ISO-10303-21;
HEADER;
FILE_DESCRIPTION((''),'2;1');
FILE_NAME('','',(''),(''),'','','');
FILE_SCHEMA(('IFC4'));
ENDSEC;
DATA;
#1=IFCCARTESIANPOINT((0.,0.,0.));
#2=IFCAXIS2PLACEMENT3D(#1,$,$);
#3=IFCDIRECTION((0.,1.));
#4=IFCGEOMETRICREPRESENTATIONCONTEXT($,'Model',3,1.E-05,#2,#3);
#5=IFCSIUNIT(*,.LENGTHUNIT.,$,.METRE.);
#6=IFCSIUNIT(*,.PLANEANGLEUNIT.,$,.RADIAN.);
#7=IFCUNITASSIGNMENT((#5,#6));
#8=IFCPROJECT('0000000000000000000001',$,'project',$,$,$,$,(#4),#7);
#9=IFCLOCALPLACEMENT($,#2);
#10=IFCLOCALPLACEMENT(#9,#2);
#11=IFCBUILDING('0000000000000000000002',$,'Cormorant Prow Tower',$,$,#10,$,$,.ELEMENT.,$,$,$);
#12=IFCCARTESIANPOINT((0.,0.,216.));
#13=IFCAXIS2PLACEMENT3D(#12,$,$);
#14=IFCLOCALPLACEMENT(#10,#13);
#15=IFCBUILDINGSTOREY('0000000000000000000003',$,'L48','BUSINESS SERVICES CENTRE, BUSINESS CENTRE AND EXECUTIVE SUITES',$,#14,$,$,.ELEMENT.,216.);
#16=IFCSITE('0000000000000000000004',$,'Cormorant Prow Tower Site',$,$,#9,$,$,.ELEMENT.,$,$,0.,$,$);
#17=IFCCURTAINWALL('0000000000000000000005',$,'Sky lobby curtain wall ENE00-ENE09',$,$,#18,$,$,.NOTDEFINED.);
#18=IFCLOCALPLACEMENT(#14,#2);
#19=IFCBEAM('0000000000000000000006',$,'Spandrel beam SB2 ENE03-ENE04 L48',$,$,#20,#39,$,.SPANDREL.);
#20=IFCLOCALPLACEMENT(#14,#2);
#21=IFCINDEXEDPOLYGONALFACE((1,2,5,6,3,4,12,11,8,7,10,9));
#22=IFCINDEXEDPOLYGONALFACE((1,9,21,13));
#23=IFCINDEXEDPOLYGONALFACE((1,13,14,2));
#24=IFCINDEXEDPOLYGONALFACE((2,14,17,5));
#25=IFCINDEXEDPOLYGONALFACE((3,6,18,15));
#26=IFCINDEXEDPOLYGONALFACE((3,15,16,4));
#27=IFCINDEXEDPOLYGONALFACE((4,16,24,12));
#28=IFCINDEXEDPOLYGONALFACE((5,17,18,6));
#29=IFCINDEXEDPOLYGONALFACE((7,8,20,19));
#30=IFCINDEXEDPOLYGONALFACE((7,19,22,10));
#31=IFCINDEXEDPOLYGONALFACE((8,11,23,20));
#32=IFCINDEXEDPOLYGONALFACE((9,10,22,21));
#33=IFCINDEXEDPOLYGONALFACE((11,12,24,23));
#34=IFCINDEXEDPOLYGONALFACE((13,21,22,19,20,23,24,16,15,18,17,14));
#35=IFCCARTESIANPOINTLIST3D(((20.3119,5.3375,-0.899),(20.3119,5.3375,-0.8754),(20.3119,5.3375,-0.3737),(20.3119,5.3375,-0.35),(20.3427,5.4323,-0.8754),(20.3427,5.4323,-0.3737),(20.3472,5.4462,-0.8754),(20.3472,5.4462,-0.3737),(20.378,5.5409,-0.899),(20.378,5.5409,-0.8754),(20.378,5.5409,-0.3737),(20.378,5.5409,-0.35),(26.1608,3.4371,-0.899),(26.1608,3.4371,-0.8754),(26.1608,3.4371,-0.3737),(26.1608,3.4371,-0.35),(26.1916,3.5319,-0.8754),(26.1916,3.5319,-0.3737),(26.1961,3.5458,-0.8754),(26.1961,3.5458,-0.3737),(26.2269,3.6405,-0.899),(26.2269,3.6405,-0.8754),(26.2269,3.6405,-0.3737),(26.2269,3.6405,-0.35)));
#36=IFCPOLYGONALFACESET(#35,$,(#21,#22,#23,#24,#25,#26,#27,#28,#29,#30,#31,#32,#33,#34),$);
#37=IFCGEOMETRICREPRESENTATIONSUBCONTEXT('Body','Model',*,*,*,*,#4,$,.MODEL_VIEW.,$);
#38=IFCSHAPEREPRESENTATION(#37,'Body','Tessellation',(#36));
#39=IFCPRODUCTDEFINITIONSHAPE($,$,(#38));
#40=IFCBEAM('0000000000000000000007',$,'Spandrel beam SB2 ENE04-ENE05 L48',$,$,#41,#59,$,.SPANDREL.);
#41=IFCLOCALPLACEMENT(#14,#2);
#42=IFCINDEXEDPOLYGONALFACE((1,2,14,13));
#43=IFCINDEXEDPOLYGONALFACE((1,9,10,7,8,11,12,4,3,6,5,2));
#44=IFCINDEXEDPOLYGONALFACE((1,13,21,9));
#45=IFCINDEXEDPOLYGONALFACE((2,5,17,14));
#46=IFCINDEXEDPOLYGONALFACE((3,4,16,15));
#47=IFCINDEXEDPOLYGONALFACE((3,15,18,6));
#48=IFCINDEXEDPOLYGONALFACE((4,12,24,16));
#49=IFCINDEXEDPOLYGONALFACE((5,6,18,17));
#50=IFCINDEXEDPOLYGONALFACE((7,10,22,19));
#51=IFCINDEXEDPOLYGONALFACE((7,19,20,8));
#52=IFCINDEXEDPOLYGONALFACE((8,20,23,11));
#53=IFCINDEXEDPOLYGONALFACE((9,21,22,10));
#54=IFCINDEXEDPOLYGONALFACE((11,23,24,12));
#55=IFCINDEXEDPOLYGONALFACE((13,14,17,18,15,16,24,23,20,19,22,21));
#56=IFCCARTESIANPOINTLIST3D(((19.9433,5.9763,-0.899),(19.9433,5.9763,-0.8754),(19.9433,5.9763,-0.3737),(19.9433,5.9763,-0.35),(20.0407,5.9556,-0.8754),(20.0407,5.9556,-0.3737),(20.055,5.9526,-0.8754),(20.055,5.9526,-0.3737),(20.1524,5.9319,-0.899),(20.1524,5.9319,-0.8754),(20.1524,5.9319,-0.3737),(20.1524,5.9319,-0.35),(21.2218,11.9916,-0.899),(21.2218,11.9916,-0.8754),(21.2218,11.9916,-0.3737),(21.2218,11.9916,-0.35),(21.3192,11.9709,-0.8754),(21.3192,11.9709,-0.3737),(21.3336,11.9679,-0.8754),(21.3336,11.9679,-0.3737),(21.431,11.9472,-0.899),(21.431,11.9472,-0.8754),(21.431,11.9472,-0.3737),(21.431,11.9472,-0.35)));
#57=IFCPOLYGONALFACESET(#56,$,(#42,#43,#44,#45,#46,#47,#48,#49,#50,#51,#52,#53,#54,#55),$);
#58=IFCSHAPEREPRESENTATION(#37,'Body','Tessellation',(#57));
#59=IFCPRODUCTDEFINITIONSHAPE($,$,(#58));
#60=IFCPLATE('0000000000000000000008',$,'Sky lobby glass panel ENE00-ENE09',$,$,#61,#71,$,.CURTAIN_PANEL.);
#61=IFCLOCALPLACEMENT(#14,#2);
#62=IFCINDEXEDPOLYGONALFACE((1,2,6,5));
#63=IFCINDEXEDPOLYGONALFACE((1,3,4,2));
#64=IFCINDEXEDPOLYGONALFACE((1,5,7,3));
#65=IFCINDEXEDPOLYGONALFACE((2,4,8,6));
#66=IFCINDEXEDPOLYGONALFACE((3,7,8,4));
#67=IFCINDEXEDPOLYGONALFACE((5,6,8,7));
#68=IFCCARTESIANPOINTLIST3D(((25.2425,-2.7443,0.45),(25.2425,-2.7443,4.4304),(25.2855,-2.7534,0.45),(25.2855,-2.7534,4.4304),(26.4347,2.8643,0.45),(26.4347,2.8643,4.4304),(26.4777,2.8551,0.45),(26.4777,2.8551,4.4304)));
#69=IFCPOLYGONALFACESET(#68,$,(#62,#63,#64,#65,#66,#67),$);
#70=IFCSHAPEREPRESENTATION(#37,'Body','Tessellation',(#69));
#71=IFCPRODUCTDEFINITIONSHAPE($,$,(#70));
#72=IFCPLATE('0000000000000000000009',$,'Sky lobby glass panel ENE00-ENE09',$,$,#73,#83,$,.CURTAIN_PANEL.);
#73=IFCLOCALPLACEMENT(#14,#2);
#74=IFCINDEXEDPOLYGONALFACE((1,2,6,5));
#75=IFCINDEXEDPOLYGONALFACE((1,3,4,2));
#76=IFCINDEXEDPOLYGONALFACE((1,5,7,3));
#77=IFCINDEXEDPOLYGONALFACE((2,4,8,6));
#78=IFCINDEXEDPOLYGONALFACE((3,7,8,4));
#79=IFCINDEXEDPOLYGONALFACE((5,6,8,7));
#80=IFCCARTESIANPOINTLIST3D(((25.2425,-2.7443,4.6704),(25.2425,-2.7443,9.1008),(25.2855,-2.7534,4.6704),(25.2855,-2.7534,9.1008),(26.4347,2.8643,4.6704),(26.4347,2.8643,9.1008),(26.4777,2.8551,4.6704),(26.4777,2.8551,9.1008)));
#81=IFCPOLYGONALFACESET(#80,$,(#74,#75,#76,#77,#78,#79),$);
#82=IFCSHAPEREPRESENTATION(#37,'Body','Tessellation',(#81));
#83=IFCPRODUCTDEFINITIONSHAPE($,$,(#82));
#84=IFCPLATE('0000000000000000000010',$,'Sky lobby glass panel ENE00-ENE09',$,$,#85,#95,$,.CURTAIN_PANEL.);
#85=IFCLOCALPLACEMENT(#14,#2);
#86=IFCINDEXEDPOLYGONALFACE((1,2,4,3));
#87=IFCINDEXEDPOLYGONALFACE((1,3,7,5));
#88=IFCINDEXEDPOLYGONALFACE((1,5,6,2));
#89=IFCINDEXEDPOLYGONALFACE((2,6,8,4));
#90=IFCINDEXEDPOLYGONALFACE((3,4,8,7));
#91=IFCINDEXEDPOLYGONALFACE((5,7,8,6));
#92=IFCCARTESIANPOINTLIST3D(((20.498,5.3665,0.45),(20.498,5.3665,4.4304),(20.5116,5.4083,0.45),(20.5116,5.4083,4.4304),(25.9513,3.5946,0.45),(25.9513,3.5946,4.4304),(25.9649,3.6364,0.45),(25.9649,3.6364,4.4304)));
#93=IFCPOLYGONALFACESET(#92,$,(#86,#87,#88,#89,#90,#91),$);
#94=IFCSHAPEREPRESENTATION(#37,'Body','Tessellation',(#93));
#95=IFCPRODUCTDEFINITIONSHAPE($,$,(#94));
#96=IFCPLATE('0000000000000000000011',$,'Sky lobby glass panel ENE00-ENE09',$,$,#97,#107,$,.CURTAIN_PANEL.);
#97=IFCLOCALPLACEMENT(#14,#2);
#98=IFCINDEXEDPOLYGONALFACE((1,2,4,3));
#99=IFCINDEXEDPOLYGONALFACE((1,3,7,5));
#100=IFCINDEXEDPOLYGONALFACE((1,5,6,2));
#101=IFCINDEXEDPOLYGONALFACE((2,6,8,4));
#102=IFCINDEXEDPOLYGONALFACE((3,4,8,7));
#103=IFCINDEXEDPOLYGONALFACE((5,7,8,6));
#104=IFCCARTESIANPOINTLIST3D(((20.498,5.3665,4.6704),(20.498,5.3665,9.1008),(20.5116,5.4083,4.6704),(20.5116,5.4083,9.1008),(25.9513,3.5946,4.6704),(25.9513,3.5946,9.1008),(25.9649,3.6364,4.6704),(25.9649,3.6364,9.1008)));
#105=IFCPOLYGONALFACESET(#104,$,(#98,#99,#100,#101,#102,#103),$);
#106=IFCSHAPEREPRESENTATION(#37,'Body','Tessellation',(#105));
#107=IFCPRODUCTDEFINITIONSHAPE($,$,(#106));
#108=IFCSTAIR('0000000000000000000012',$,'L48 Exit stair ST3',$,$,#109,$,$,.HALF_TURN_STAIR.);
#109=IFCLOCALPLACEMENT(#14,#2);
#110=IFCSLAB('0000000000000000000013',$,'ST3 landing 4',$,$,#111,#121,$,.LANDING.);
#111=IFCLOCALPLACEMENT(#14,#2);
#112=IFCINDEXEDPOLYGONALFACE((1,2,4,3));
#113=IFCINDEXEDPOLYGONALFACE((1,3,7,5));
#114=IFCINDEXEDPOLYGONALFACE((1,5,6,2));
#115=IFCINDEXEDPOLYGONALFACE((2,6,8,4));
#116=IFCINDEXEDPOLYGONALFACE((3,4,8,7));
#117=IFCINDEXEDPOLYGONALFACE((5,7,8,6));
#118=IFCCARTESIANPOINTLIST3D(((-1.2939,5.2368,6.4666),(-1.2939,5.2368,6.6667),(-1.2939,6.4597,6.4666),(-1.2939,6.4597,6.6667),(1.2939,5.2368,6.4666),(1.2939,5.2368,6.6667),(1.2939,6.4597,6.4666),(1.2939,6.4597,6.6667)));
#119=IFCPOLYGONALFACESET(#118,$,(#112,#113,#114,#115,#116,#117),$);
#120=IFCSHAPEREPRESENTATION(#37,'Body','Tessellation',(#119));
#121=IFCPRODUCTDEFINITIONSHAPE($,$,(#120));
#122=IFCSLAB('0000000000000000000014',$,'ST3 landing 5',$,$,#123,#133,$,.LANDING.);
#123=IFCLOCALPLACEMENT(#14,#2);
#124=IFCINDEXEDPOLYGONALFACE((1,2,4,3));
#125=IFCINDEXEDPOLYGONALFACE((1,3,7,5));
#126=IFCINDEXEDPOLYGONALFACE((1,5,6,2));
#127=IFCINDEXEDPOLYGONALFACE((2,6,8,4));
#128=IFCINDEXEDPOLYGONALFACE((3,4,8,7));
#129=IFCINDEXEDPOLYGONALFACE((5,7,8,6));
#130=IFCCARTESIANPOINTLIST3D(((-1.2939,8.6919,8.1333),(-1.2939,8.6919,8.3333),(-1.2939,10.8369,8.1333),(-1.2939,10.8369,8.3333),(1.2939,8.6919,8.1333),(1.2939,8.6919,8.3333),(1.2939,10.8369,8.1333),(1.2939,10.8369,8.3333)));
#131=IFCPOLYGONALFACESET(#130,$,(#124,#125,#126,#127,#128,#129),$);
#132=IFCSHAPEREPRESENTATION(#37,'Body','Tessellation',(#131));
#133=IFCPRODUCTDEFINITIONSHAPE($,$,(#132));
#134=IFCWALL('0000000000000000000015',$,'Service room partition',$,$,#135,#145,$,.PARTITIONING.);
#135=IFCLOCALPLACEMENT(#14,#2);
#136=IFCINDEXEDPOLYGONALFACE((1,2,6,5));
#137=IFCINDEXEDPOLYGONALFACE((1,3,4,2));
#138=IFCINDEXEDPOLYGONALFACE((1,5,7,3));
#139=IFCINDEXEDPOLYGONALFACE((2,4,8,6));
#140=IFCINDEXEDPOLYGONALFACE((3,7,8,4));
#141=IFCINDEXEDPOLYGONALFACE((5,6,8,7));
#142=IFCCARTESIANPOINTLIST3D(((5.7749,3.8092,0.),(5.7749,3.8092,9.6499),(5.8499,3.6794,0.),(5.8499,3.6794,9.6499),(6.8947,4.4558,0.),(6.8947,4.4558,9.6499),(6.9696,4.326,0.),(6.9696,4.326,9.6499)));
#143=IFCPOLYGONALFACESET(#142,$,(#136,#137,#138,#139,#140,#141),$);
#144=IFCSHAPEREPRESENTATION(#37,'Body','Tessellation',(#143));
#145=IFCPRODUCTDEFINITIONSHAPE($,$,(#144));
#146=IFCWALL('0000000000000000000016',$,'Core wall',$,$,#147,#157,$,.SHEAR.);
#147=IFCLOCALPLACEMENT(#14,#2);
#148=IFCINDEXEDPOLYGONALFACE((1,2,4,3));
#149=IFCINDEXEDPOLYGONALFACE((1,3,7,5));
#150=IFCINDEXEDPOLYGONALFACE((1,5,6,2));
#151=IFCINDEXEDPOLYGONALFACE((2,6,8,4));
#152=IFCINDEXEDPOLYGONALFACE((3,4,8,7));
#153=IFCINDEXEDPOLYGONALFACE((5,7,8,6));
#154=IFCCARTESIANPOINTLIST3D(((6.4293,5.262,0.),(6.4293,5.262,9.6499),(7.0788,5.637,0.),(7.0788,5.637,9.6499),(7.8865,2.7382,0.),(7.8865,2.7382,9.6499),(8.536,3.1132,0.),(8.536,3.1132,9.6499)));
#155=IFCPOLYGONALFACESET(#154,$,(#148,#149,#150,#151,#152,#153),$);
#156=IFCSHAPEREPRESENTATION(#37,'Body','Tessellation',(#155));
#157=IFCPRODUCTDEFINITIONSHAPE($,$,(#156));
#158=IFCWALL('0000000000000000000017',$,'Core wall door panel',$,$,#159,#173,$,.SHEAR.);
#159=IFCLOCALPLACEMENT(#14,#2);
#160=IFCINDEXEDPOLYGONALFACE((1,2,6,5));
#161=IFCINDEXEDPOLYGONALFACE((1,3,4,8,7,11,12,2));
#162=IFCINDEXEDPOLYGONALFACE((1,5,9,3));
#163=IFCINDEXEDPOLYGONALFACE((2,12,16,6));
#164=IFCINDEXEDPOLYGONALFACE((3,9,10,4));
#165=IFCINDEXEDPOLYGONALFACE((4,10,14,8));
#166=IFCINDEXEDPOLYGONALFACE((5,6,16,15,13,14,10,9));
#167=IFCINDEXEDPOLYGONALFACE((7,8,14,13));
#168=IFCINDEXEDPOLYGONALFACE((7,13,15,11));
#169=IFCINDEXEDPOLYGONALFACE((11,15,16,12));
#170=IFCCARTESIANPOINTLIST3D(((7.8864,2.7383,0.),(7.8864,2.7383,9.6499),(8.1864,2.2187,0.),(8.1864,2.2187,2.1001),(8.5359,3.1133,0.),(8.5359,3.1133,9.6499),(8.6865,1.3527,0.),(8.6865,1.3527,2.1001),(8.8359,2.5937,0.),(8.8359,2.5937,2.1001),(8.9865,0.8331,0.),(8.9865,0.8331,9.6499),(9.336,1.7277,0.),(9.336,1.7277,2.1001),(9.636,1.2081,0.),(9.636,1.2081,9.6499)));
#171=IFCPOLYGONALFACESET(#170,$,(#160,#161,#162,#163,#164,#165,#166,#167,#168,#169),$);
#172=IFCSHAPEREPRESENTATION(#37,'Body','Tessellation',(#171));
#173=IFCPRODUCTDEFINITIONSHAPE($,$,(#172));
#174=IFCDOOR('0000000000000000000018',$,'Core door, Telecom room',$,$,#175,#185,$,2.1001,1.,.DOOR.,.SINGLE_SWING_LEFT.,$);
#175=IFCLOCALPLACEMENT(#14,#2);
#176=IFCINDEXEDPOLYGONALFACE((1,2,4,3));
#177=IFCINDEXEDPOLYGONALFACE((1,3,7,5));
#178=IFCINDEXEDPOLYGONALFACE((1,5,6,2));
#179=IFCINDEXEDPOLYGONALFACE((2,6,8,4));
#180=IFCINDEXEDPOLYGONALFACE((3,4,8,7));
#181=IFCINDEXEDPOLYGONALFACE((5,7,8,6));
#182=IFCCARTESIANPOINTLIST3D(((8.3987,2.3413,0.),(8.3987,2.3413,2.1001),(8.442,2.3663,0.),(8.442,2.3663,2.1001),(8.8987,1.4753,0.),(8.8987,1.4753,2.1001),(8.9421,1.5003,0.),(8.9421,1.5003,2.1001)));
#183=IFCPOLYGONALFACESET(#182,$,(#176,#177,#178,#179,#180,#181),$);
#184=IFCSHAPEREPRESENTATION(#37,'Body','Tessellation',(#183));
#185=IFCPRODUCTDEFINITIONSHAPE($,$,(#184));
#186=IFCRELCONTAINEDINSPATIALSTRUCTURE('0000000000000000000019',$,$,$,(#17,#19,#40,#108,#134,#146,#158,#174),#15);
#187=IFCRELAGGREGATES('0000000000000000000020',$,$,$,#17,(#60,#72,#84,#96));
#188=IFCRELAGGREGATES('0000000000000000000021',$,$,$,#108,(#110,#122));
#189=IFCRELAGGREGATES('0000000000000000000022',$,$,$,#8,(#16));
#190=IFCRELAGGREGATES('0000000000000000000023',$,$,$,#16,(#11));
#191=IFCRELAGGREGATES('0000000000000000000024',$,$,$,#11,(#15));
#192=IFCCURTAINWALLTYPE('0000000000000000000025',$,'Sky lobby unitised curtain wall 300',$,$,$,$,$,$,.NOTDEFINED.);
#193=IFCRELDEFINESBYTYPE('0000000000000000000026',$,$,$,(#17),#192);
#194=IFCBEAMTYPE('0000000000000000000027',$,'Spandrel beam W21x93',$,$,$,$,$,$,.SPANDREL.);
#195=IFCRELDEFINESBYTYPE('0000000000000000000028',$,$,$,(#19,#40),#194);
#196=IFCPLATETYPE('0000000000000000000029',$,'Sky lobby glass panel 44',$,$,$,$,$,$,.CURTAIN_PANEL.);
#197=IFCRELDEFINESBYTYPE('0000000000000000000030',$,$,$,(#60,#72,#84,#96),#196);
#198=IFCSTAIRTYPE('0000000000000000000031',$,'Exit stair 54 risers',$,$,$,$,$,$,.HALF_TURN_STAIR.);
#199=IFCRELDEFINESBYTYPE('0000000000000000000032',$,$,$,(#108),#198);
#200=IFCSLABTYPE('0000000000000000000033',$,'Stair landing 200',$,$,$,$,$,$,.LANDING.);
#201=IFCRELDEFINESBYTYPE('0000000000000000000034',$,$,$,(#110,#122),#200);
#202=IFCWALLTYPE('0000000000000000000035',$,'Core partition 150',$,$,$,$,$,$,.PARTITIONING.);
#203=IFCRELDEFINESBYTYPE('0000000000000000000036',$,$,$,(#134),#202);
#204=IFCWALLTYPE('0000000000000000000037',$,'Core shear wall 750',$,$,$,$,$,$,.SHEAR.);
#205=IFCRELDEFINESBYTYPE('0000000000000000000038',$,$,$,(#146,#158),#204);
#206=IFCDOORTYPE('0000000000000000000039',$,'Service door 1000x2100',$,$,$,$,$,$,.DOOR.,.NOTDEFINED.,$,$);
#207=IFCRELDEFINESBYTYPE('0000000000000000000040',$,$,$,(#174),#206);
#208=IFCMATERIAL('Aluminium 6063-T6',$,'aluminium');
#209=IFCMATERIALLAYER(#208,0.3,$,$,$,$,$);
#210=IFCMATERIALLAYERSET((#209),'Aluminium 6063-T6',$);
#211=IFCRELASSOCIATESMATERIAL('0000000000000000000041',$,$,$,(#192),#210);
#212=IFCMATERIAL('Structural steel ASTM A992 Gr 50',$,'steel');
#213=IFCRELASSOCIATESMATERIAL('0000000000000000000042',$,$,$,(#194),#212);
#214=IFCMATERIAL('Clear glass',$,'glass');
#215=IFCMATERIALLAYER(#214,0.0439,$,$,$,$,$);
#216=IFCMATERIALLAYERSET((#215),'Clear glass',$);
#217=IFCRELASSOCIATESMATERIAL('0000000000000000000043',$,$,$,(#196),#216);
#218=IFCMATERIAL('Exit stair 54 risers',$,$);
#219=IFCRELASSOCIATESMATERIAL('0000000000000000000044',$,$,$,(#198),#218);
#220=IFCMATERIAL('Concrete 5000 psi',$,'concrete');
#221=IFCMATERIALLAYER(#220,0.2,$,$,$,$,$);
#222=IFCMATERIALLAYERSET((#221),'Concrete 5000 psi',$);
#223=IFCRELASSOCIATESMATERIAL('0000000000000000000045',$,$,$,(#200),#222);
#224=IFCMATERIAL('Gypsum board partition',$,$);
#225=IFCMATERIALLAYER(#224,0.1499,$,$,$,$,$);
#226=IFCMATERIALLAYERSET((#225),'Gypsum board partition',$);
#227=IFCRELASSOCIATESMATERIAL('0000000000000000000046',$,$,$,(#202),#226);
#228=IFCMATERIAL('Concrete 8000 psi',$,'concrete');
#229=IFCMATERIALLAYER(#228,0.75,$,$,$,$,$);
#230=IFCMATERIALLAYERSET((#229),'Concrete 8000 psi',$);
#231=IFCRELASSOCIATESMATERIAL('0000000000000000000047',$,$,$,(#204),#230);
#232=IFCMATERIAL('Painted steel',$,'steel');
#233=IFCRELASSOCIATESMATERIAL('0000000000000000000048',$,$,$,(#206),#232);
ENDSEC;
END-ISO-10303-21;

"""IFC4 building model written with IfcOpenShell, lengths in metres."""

from ifc_helpers import new_model, si_unit, direction, frame, frame_2d, origin, origin_2d, place, context, subcontext, project, spatial, polyline, rectangle, i_section, outline, extrude, material, layer, layer_set, material_profile, profile_set, type_object, element, fill, aggregate, save


model = new_model("IFC4")

# Units and contexts
model_context = context("Model", 3, precision=1e-05, world=origin(), true_north=direction((0.0, 1.0)))
body_context = subcontext(model_context, "Body", "Model", "MODEL_VIEW")
ifc_project = project(units=[si_unit("LENGTHUNIT", "METRE"), si_unit("PLANEANGLEUNIT", "RADIAN")], contexts=[model_context])

# Site, building, storey
site_placement = place(None, origin())
site = spatial("IfcSite", under=ifc_project, at=site_placement, Name="Cormorant Prow Tower Site", CompositionType="ELEMENT", RefElevation=0.0)
building_placement = place(site_placement, origin())
building = spatial("IfcBuilding", under=site, at=building_placement, Name="Cormorant Prow Tower", CompositionType="ELEMENT")
storey_placement = place(building_placement, frame((0.0, 0.0, 216.0)))
storey = spatial("IfcBuildingStorey", under=building, at=storey_placement, Name="L48", Description="BUSINESS SERVICES CENTRE, BUSINESS CENTRE AND EXECUTIVE SUITES", CompositionType="ELEMENT", Elevation=216.0)

# Curtain wall
ifc_material_1 = material(Name="Aluminium 6063-T6", Category="aluminium")
ifc_layer_1 = layer(ifc_material_1, 0.3)
ifc_layer_set_1 = layer_set([ifc_layer_1], Name="Aluminium 6063-T6")
curtain_wall_type = type_object("IfcCurtainWallType", Name="Sky lobby unitised curtain wall 300", PredefinedType="NOTDEFINED", material=ifc_layer_set_1)
curtain_wall_placement = place(storey_placement, origin())
curtain_wall = element("IfcCurtainWall", 1, at=curtain_wall_placement, inside=storey, type_object=curtain_wall_type, Name="Sky lobby curtain wall ENE00-ENE09", PredefinedType="NOTDEFINED")

# Beams
ifc_material_2 = material(Name="Structural steel ASTM A992 Gr 50", Category="steel")
ifc_material_profile_1 = material_profile(ifc_material_2, i_section(OverallWidth=0.2139, OverallDepth=0.5491, WebThickness=0.0146, FlangeThickness=0.0237, at=origin_2d()), Name="W21x93")
ifc_profile_set_1 = profile_set([ifc_material_profile_1], Name="Structural steel ASTM A992 Gr 50")
beam_type_1 = type_object("IfcBeamType", Name="Spandrel beam W21x93", PredefinedType="SPANDREL", material=ifc_profile_set_1)
beam_1_placement = place(storey_placement, frame((26.1938, 3.5388, -0.6245), z_axis=(-0.951058, 0.309013, 0.0), x_axis=(-0.309013, -0.951058, 0.0)))
element("IfcBeam", 2, at=beam_1_placement, inside=storey, type_object=beam_type_1, Name="Spandrel beam SB2 ENE03-ENE04 L48", PredefinedType="SPANDREL", context=body_context, shape_type="SweptSolid", body=[
    extrude(i_section(OverallWidth=0.2139, OverallDepth=0.5491, WebThickness=0.0146, FlangeThickness=0.0237, at=origin_2d()), origin(), (0.0, 0.0, 1.0), 6.1499),
])
beam_2_placement = place(storey_placement, frame((20.0479, 5.9541, -0.6245), z_axis=(0.207905, 0.978149, 0.0), x_axis=(-0.978149, 0.207905, 0.0)))
element("IfcBeam", 3, at=beam_2_placement, inside=storey, type_object=beam_type_1, Name="Spandrel beam SB2 ENE04-ENE05 L48", PredefinedType="SPANDREL", context=body_context, shape_type="SweptSolid", body=[
    extrude(i_section(OverallWidth=0.2139, OverallDepth=0.5491, WebThickness=0.0146, FlangeThickness=0.0237, at=origin_2d()), origin(), (0.0, 0.0, 1.0), 6.1497),
])

# Plates
ifc_material_3 = material(Name="Clear glass", Category="glass")
ifc_layer_2 = layer(ifc_material_3, 0.0439)
ifc_layer_set_2 = layer_set([ifc_layer_2], Name="Clear glass")
plate_type = type_object("IfcPlateType", Name="Sky lobby glass panel 44", PredefinedType="CURTAIN_PANEL", material=ifc_layer_set_2)
plate_1_placement = place(storey_placement, frame((25.8601, 0.0554, 0.45), z_axis=(0.0, 0.0, 1.0), x_axis=(0.207912, 0.978148, 0.0)))
plate_1 = element("IfcPlate", 4, at=plate_1_placement, type_object=plate_type, Name="Sky lobby glass panel ENE00-ENE09", PredefinedType="CURTAIN_PANEL", context=body_context, shape_type="SweptSolid", body=[
    extrude(rectangle(XDim=5.7339, YDim=0.0439, at=origin_2d()), origin(), (0.0, 0.0, 1.0), 3.9805),
])
plate_2_placement = place(storey_placement, frame((25.8601, 0.0554, 4.6704), z_axis=(0.0, 0.0, 1.0), x_axis=(0.207912, 0.978148, 0.0)))
plate_2 = element("IfcPlate", 5, at=plate_2_placement, type_object=plate_type, Name="Sky lobby glass panel ENE00-ENE09", PredefinedType="CURTAIN_PANEL", context=body_context, shape_type="SweptSolid", body=[
    extrude(rectangle(XDim=5.7339, YDim=0.0439, at=origin_2d()), origin(), (0.0, 0.0, 1.0), 4.4304),
])
plate_3_placement = place(storey_placement, frame((23.2314, 4.5015, 0.45), z_axis=(0.0, 0.0, 1.0), x_axis=(-0.951057, 0.309017, 0.0)))
plate_3 = element("IfcPlate", 6, at=plate_3_placement, type_object=plate_type, Name="Sky lobby glass panel ENE00-ENE09", PredefinedType="CURTAIN_PANEL", context=body_context, shape_type="SweptSolid", body=[
    extrude(rectangle(XDim=5.7339, YDim=0.0439, at=origin_2d()), origin(), (0.0, 0.0, 1.0), 3.9805),
])
plate_4_placement = place(storey_placement, frame((23.2314, 4.5015, 4.6704), z_axis=(0.0, 0.0, 1.0), x_axis=(-0.951057, 0.309017, 0.0)))
plate_4 = element("IfcPlate", 7, at=plate_4_placement, type_object=plate_type, Name="Sky lobby glass panel ENE00-ENE09", PredefinedType="CURTAIN_PANEL", context=body_context, shape_type="SweptSolid", body=[
    extrude(rectangle(XDim=5.7339, YDim=0.0439, at=origin_2d()), origin(), (0.0, 0.0, 1.0), 4.4304),
])
aggregate(curtain_wall, [plate_1, plate_2, plate_3, plate_4])

# Stair, slabs
ifc_material_4 = material(Name="Exit stair 54 risers")
stair_type = type_object("IfcStairType", Name="Exit stair 54 risers", PredefinedType="HALF_TURN_STAIR", material=ifc_material_4)
stair_placement = place(storey_placement, origin())
stair = element("IfcStair", 8, at=stair_placement, inside=storey, type_object=stair_type, Name="L48 Exit stair ST3", PredefinedType="HALF_TURN_STAIR")
ifc_material_5 = material(Name="Concrete 5000 psi", Category="concrete")
ifc_layer_3 = layer(ifc_material_5, 0.2)
ifc_layer_set_3 = layer_set([ifc_layer_3], Name="Concrete 5000 psi")
slab_type = type_object("IfcSlabType", Name="Stair landing 200", PredefinedType="LANDING", material=ifc_layer_set_3)
slab_1_placement = place(storey_placement, frame((0.0, 0.0, 6.4666)))
slab_1 = element("IfcSlab", 9, at=slab_1_placement, type_object=slab_type, Name="ST3 landing 4", PredefinedType="LANDING", context=body_context, shape_type="SweptSolid", body=[
    extrude(outline(polyline([(1.2939, 5.2368), (1.2939, 6.4597), (-1.2939, 6.4597), (-1.2939, 5.2368), (1.2939, 5.2368)])), origin(), (0.0, 0.0, 1.0), 0.2002),
])
slab_2_placement = place(storey_placement, frame((0.0, 0.0, 8.1333)))
slab_2 = element("IfcSlab", 10, at=slab_2_placement, type_object=slab_type, Name="ST3 landing 5", PredefinedType="LANDING", context=body_context, shape_type="SweptSolid", body=[
    extrude(outline(polyline([(1.2939, 8.6919), (1.2939, 10.8369), (-1.2939, 10.8369), (-1.2939, 8.6919), (1.2939, 8.6919)])), origin(), (0.0, 0.0, 1.0), 0.2),
])

# Walls
ifc_material_6 = material(Name="Gypsum board partition")
ifc_layer_4 = layer(ifc_material_6, 0.1499)
ifc_layer_set_4 = layer_set([ifc_layer_4], Name="Gypsum board partition")
wall_type_1 = type_object("IfcWallType", Name="Core partition 150", PredefinedType="PARTITIONING", material=ifc_layer_set_4)
wall_1_placement = place(storey_placement, frame((6.9321, 4.3909, 0.0), z_axis=(0.0, 0.0, 1.0), x_axis=(-0.866003, -0.500038, 0.0)))
element("IfcWall", 11, at=wall_1_placement, inside=storey, type_object=wall_type_1, Name="Service room partition", PredefinedType="PARTITIONING", context=body_context, shape_type="SweptSolid", body=[
    extrude(rectangle(XDim=1.293, YDim=0.1499, at=frame_2d((0.6465, 0.0))), origin(), (0.0, 0.0, 1.0), 9.6499),
])
ifc_material_7 = material(Name="Concrete 8000 psi", Category="concrete")
ifc_layer_5 = layer(ifc_material_7, 0.75)
ifc_layer_set_5 = layer_set([ifc_layer_5], Name="Concrete 8000 psi")
wall_type_2 = type_object("IfcWallType", Name="Core shear wall 750", PredefinedType="SHEAR", material=ifc_layer_set_5)
wall_2_placement = place(storey_placement, frame((8.2112, 2.9258, 0.0), z_axis=(0.0, 0.0, 1.0), x_axis=(-0.500022, 0.866013, 0.0)))
element("IfcWall", 12, at=wall_2_placement, inside=storey, type_object=wall_type_2, Name="Core wall", PredefinedType="SHEAR", context=body_context, shape_type="SweptSolid", body=[
    extrude(rectangle(XDim=2.9143, YDim=0.75, at=frame_2d((1.457, 0.0))), origin(), (0.0, 0.0, 1.0), 9.6499),
])

# Wall, opening, door
wall_3_placement = place(storey_placement, frame((9.3113, 1.0205, 0.0), z_axis=(0.0, 0.0, 1.0), x_axis=(-0.50003, 0.866008, 0.0)))
wall_3 = element("IfcWall", 13, at=wall_3_placement, inside=storey, type_object=wall_type_2, Name="Core wall door panel", PredefinedType="SHEAR", context=body_context, shape_type="SweptSolid", body=[
    extrude(rectangle(XDim=2.2, YDim=0.75, at=frame_2d((1.1001, 0.0))), origin(), (0.0, 0.0, 1.0), 9.6499),
])
opening_1_placement = place(wall_3_placement, frame((0.6001, 0.0, 0.0)))
opening_1 = element("IfcOpeningElement", 14, at=opening_1_placement, cuts=wall_3, PredefinedType="OPENING", context=body_context, shape_type="SweptSolid", body=[
    extrude(rectangle(XDim=1.0, YDim=2.1001, at=frame_2d((0.5, 1.05))), frame((0.0, 0.385, 0.0), z_axis=(0.0, -1.0, 0.0), x_axis=(1.0, 0.0, 0.0)), (0.0, 0.0, 1.0), 0.77),
])
ifc_material_8 = material(Name="Painted steel", Category="steel")
door_type_1 = type_object("IfcDoorType", Name="Service door 1000x2100", OperationType="NOTDEFINED", PredefinedType="DOOR", material=ifc_material_8)
door_1_placement = place(opening_1_placement, origin())
door_1 = element("IfcDoor", 15, at=door_1_placement, inside=storey, type_object=door_type_1, Name="Core door, Telecom room", OperationType="SINGLE_SWING_LEFT", OverallHeight=2.1001, OverallWidth=1.0, PredefinedType="DOOR", context=body_context, shape_type="SweptSolid", body=[
    extrude(rectangle(XDim=1.0, YDim=2.1001, at=frame_2d((0.5, 1.05))), frame((0.0, 0.1299, 0.0), z_axis=(0.0, -1.0, 0.0), x_axis=(1.0, 0.0, 0.0)), (0.0, 0.0, 1.0), 0.05),
])
fill(opening_1, door_1)

aggregate(stair, [slab_1, slab_2])

save(model, "model.ifc")
